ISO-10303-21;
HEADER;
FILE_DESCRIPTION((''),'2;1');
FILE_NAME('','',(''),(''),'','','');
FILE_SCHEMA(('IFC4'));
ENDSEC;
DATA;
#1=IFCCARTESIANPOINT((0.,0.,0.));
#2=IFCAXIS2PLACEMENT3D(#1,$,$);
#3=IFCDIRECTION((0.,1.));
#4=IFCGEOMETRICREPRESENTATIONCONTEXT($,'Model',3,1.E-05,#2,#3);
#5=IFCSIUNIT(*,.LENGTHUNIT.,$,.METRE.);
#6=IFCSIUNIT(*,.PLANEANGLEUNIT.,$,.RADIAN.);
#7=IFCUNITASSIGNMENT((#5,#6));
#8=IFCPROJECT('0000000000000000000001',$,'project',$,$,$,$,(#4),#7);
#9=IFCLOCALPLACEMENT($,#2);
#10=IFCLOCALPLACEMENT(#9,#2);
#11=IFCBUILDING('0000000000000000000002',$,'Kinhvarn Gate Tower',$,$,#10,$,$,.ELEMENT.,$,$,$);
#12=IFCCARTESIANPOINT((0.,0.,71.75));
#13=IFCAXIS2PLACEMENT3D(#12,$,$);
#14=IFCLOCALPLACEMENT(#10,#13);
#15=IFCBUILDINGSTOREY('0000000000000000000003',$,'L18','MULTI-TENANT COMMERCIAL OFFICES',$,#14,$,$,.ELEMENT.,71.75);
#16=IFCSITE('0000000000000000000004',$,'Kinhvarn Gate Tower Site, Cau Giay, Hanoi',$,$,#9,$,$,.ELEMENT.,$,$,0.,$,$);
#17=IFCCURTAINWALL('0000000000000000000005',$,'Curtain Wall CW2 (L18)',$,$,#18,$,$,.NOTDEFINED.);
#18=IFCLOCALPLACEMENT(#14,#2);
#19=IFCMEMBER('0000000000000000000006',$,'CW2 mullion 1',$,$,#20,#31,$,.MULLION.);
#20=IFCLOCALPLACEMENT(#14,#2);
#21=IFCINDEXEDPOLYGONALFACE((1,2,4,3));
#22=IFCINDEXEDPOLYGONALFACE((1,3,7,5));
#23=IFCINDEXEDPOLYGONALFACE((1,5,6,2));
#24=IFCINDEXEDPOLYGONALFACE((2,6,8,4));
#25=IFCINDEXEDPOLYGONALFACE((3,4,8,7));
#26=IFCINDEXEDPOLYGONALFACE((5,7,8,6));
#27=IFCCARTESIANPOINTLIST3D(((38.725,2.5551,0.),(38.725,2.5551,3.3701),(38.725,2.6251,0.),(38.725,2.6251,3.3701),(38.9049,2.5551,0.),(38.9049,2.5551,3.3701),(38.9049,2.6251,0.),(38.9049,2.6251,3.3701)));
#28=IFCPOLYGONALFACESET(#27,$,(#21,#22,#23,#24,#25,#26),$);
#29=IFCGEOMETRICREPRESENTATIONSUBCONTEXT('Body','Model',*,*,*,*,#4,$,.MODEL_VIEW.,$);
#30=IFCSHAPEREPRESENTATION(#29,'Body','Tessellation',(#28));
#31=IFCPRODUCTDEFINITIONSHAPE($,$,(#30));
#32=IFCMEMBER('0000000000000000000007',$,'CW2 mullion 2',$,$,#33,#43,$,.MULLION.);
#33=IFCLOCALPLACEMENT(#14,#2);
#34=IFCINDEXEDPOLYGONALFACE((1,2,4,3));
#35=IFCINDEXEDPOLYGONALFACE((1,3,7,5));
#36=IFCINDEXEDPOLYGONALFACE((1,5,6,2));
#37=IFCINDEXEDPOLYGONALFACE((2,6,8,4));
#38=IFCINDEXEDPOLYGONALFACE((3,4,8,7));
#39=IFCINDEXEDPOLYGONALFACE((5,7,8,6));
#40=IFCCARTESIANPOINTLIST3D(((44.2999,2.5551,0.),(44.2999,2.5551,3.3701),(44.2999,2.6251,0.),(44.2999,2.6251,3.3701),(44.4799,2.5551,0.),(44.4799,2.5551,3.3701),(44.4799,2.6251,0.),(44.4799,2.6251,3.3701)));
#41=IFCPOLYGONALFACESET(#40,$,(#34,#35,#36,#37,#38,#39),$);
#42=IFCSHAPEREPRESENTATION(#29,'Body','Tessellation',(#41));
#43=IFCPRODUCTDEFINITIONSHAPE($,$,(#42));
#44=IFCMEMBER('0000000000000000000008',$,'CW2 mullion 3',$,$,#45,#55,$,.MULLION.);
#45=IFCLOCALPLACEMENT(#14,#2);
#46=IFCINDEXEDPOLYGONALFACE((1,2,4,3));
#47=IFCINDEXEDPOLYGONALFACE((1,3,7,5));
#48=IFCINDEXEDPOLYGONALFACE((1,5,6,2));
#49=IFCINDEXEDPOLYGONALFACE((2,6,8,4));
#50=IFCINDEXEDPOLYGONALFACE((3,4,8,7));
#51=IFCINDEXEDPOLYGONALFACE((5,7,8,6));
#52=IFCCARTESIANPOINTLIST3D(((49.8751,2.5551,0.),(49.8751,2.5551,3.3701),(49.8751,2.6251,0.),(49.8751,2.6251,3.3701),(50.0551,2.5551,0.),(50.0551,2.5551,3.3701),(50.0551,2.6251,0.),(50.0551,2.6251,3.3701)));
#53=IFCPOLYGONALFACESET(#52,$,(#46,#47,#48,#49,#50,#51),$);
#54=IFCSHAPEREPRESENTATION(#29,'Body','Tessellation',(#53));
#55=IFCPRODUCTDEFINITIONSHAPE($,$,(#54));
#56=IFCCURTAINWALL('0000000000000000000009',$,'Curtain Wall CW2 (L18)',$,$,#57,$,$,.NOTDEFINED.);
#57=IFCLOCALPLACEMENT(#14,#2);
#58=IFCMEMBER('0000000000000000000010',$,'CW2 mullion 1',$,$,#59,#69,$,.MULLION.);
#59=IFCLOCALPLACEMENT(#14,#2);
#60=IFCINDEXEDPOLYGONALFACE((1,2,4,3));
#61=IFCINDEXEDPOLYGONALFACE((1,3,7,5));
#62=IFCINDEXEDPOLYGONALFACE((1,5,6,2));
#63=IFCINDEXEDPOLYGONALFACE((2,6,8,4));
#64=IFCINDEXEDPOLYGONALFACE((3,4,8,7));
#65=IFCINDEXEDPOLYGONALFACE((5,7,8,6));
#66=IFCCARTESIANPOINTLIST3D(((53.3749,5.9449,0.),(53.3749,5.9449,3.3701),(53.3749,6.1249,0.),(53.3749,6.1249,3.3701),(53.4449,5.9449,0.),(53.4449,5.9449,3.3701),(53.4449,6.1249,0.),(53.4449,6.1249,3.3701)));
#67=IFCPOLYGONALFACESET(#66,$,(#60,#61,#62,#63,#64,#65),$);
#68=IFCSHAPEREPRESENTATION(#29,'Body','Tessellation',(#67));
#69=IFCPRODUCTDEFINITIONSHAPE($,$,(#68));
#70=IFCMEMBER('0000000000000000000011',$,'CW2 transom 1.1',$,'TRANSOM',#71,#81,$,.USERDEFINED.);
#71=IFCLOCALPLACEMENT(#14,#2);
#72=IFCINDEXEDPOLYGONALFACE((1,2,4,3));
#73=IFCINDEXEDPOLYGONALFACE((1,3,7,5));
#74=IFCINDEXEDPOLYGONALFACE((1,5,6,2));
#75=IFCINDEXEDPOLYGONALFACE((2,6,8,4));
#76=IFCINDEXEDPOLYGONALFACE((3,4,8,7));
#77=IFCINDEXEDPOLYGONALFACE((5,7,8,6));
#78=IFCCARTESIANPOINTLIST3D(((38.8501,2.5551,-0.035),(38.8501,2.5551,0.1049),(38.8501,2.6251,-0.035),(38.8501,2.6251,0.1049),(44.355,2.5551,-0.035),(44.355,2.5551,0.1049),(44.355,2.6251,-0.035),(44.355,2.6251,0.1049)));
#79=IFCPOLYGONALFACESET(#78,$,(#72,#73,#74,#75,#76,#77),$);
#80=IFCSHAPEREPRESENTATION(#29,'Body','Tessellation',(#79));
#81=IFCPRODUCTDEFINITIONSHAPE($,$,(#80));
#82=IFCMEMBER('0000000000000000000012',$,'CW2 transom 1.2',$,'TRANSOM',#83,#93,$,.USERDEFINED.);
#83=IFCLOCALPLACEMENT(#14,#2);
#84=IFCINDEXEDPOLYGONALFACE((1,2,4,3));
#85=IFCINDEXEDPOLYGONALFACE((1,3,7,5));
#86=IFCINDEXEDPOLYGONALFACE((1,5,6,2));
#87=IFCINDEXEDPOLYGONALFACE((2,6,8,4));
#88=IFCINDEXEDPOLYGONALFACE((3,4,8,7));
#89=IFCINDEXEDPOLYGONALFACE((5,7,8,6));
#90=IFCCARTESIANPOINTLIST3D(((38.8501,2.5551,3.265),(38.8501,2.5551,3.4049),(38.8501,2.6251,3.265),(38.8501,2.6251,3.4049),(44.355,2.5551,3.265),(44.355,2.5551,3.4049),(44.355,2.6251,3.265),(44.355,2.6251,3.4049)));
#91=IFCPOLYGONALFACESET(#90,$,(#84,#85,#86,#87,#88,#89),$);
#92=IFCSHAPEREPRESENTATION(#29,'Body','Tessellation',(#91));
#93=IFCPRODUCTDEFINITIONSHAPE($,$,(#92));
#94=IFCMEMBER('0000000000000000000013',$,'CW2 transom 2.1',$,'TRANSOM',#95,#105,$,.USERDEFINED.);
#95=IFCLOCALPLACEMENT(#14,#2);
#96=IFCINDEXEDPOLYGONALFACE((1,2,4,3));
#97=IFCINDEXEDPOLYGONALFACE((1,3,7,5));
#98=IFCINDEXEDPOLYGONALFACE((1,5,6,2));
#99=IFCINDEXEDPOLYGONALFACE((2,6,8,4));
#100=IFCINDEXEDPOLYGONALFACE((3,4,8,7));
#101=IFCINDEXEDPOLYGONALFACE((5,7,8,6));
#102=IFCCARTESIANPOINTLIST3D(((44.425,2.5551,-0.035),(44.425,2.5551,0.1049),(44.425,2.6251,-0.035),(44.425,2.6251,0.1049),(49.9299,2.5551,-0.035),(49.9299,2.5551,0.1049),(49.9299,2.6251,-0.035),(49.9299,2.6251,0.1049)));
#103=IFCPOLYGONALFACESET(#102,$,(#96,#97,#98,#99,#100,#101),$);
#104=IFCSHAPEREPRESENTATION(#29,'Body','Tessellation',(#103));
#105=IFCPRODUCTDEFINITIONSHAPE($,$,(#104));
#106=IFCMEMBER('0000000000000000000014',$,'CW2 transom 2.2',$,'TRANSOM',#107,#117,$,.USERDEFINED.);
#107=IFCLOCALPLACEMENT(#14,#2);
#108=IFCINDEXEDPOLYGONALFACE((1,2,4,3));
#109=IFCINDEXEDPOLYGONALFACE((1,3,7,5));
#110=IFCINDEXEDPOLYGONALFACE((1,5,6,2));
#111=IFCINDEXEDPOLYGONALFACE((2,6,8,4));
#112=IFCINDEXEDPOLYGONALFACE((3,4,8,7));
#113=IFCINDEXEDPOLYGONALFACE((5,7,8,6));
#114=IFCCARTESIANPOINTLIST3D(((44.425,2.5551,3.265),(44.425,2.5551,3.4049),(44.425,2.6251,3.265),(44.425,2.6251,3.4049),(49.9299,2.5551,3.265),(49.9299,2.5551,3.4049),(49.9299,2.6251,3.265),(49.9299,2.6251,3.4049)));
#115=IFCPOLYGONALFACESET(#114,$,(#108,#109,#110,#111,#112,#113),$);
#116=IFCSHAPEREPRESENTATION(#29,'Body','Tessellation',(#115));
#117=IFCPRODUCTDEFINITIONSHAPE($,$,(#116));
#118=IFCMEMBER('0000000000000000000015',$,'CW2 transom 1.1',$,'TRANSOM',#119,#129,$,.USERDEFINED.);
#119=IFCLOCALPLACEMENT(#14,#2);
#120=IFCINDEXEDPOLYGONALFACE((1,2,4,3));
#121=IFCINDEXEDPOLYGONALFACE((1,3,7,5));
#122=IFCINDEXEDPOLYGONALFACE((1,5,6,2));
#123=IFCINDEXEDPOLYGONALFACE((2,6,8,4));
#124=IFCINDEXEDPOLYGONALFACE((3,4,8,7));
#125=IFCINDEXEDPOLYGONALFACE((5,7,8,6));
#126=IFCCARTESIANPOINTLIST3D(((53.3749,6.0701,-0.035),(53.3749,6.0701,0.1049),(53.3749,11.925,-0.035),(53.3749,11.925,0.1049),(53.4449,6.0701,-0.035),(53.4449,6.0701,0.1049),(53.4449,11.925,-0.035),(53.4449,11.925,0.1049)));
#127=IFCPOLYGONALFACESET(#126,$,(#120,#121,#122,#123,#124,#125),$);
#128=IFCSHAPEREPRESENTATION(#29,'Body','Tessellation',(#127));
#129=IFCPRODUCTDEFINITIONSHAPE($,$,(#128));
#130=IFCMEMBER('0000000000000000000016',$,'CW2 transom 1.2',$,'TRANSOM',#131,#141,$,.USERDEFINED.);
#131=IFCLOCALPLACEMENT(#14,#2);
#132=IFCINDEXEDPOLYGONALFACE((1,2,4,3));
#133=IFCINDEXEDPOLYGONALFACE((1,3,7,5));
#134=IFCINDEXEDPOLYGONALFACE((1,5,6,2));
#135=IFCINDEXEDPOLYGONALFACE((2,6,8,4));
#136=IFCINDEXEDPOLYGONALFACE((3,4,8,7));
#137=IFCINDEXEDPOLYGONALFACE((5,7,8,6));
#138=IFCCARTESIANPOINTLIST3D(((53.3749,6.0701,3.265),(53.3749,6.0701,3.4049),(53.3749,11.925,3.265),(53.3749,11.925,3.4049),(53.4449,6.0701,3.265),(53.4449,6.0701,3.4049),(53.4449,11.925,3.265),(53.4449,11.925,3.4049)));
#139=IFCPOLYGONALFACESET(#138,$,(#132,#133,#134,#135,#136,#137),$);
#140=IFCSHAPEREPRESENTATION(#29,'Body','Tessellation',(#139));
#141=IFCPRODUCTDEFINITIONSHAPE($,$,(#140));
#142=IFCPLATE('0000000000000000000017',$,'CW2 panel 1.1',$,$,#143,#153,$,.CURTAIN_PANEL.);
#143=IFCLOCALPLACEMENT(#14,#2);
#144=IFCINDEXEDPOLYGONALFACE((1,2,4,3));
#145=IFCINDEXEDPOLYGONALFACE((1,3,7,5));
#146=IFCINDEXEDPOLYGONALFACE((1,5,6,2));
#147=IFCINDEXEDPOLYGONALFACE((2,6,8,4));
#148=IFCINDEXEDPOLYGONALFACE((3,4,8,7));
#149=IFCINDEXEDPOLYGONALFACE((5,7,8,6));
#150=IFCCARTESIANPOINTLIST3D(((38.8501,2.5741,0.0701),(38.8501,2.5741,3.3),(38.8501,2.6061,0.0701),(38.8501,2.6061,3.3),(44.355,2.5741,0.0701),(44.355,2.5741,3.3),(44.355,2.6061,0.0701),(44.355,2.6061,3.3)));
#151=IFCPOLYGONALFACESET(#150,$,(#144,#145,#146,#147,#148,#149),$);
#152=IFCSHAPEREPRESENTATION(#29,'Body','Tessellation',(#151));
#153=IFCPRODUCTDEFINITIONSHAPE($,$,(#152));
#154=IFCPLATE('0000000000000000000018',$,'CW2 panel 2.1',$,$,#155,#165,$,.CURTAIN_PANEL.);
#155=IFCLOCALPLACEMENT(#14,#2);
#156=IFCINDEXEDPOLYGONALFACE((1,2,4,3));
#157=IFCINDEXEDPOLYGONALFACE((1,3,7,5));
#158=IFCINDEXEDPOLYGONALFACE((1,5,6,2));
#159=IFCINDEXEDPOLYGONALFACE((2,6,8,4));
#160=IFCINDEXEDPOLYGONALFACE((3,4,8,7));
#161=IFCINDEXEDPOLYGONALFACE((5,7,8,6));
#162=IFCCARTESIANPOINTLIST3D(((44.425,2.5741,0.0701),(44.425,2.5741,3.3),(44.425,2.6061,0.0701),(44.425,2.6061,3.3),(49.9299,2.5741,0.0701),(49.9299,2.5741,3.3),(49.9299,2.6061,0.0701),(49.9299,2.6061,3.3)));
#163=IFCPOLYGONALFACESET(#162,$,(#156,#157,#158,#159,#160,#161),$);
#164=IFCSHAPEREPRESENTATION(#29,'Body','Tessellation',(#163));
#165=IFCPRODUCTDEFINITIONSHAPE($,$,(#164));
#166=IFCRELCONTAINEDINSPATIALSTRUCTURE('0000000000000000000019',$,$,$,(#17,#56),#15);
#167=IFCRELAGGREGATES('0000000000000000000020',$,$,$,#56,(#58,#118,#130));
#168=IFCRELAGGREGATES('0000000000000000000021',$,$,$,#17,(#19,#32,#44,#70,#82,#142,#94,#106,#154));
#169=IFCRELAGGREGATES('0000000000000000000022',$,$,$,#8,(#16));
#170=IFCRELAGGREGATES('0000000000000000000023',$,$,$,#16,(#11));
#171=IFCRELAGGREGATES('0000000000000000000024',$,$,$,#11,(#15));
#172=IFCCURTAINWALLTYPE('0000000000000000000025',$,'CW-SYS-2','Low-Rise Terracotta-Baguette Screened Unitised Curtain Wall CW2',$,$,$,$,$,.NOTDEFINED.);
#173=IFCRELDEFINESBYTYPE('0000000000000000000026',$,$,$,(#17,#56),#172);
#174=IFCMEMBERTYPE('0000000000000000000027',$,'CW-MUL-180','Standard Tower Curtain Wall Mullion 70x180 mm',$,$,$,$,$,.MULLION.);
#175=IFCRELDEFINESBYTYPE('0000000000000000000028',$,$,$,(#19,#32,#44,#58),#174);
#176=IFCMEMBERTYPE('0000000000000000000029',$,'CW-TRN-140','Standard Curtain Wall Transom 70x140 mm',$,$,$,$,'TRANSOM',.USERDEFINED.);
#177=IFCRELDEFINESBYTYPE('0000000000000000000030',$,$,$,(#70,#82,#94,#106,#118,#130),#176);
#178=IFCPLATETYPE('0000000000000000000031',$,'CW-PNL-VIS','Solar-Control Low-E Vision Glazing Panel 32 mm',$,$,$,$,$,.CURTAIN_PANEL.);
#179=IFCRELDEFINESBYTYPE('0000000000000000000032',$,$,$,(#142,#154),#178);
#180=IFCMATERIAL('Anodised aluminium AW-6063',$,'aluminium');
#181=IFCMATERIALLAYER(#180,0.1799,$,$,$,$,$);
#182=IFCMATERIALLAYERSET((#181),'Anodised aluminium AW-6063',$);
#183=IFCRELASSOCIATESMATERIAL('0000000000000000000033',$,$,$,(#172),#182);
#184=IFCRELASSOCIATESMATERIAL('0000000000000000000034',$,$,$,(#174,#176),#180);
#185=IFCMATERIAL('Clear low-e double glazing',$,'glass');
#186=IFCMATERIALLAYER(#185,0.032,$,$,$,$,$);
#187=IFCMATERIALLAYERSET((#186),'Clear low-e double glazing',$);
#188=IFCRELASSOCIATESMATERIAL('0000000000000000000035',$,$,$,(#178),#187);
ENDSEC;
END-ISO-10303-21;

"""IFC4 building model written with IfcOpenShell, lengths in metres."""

from ifc_helpers import new_model, si_unit, direction, frame, origin, origin_2d, place, context, subcontext, project, spatial, rectangle, extrude, material, layer, layer_set, material_profile, profile_set, type_object, element, aggregate, save


model = new_model("IFC4")

# Units and contexts
model_context = context("Model", 3, precision=1e-05, world=origin(), true_north=direction((0.0, 1.0)))
body_context = subcontext(model_context, "Body", "Model", "MODEL_VIEW")
ifc_project = project(units=[si_unit("LENGTHUNIT", "METRE"), si_unit("PLANEANGLEUNIT", "RADIAN")], contexts=[model_context])

# Site, building, storey
site_placement = place(None, origin())
site = spatial("IfcSite", under=ifc_project, at=site_placement, Name="Kinhvarn Gate Tower Site, Cau Giay, Hanoi", CompositionType="ELEMENT", RefElevation=0.0)
building_placement = place(site_placement, origin())
building = spatial("IfcBuilding", under=site, at=building_placement, Name="Kinhvarn Gate Tower", CompositionType="ELEMENT")
storey_placement = place(building_placement, frame((0.0, 0.0, 71.75)))
storey = spatial("IfcBuildingStorey", under=building, at=storey_placement, Name="L18", Description="MULTI-TENANT COMMERCIAL OFFICES", CompositionType="ELEMENT", Elevation=71.75)

# Curtain wall, members
ifc_material_1 = material(Name="Anodised aluminium AW-6063", Category="aluminium")
ifc_layer_1 = layer(ifc_material_1, 0.1799)
ifc_layer_set_1 = layer_set([ifc_layer_1], Name="Anodised aluminium AW-6063")
curtain_wall_type = type_object("IfcCurtainWallType", Name="CW-SYS-2", Description="Low-Rise Terracotta-Baguette Screened Unitised Curtain Wall CW2", PredefinedType="NOTDEFINED", material=ifc_layer_set_1)
curtain_wall_1_placement = place(storey_placement, origin())
curtain_wall_1 = element("IfcCurtainWall", 1, at=curtain_wall_1_placement, inside=storey, type_object=curtain_wall_type, Name="Curtain Wall CW2 (L18)", PredefinedType="NOTDEFINED")
ifc_material_profile_1 = material_profile(ifc_material_1, rectangle(XDim=0.0701, YDim=0.1799, at=origin_2d()), Name="ALU 70x180")
ifc_profile_set_1 = profile_set([ifc_material_profile_1], Name="Anodised aluminium AW-6063")
member_type_1 = type_object("IfcMemberType", Name="CW-MUL-180", Description="Standard Tower Curtain Wall Mullion 70x180 mm", PredefinedType="MULLION", material=ifc_profile_set_1)
member_1_placement = place(storey_placement, frame((38.8149, 2.5901, 0.0), z_axis=(0.0, 0.0, 1.0), x_axis=(0.0, 1.0, 0.0)))
member_1 = element("IfcMember", 2, at=member_1_placement, type_object=member_type_1, Name="CW2 mullion 1", PredefinedType="MULLION", context=body_context, shape_type="SweptSolid", body=[
    extrude(rectangle(XDim=0.0701, YDim=0.1799, at=origin_2d()), origin(), (0.0, 0.0, 1.0), 3.3701),
])
member_2_placement = place(storey_placement, frame((44.3899, 2.5901, 0.0), z_axis=(0.0, 0.0, 1.0), x_axis=(0.0, 1.0, 0.0)))
member_2 = element("IfcMember", 3, at=member_2_placement, type_object=member_type_1, Name="CW2 mullion 2", PredefinedType="MULLION", context=body_context, shape_type="SweptSolid", body=[
    extrude(rectangle(XDim=0.0701, YDim=0.1799, at=origin_2d()), origin(), (0.0, 0.0, 1.0), 3.3701),
])
member_3_placement = place(storey_placement, frame((49.9651, 2.5901, 0.0), z_axis=(0.0, 0.0, 1.0), x_axis=(0.0, 1.0, 0.0)))
member_3 = element("IfcMember", 4, at=member_3_placement, type_object=member_type_1, Name="CW2 mullion 3", PredefinedType="MULLION", context=body_context, shape_type="SweptSolid", body=[
    extrude(rectangle(XDim=0.0701, YDim=0.1799, at=origin_2d()), origin(), (0.0, 0.0, 1.0), 3.3701),
])

# Curtain wall, member
curtain_wall_2_placement = place(storey_placement, origin())
curtain_wall_2 = element("IfcCurtainWall", 5, at=curtain_wall_2_placement, inside=storey, type_object=curtain_wall_type, Name="Curtain Wall CW2 (L18)", PredefinedType="NOTDEFINED")
member_4_placement = place(storey_placement, frame((53.4099, 6.0349, 0.0), z_axis=(0.0, 0.0, 1.0), x_axis=(-1.0, 0.0, 0.0)))
member_4 = element("IfcMember", 6, at=member_4_placement, type_object=member_type_1, Name="CW2 mullion 1", PredefinedType="MULLION", context=body_context, shape_type="SweptSolid", body=[
    extrude(rectangle(XDim=0.0701, YDim=0.1799, at=origin_2d()), origin(), (0.0, 0.0, 1.0), 3.3701),
])

# Members
ifc_material_profile_2 = material_profile(ifc_material_1, rectangle(XDim=0.0701, YDim=0.1399, at=origin_2d()), Name="ALU 70x140")
ifc_profile_set_2 = profile_set([ifc_material_profile_2], Name="Anodised aluminium AW-6063")
member_type_2 = type_object("IfcMemberType", Name="CW-TRN-140", Description="Standard Curtain Wall Transom 70x140 mm", ElementType="TRANSOM", PredefinedType="USERDEFINED", material=ifc_profile_set_2)
member_5_placement = place(storey_placement, frame((38.8501, 2.5901, 0.0349), z_axis=(1.0, 0.0, 0.0), x_axis=(0.0, 1.0, 0.0)))
member_5 = element("IfcMember", 7, at=member_5_placement, type_object=member_type_2, Name="CW2 transom 1.1", ObjectType="TRANSOM", PredefinedType="USERDEFINED", context=body_context, shape_type="SweptSolid", body=[
    extrude(rectangle(XDim=0.0701, YDim=0.1399, at=origin_2d()), origin(), (0.0, 0.0, 1.0), 5.5049),
])
member_6_placement = place(storey_placement, frame((38.8501, 2.5901, 3.335), z_axis=(1.0, 0.0, 0.0), x_axis=(0.0, 1.0, 0.0)))
member_6 = element("IfcMember", 8, at=member_6_placement, type_object=member_type_2, Name="CW2 transom 1.2", ObjectType="TRANSOM", PredefinedType="USERDEFINED", context=body_context, shape_type="SweptSolid", body=[
    extrude(rectangle(XDim=0.0701, YDim=0.1399, at=origin_2d()), origin(), (0.0, 0.0, 1.0), 5.5049),
])
member_7_placement = place(storey_placement, frame((44.425, 2.5901, 0.0349), z_axis=(1.0, 0.0, 0.0), x_axis=(0.0, 1.0, 0.0)))
member_7 = element("IfcMember", 9, at=member_7_placement, type_object=member_type_2, Name="CW2 transom 2.1", ObjectType="TRANSOM", PredefinedType="USERDEFINED", context=body_context, shape_type="SweptSolid", body=[
    extrude(rectangle(XDim=0.0701, YDim=0.1399, at=origin_2d()), origin(), (0.0, 0.0, 1.0), 5.5049),
])
member_8_placement = place(storey_placement, frame((44.425, 2.5901, 3.335), z_axis=(1.0, 0.0, 0.0), x_axis=(0.0, 1.0, 0.0)))
member_8 = element("IfcMember", 10, at=member_8_placement, type_object=member_type_2, Name="CW2 transom 2.2", ObjectType="TRANSOM", PredefinedType="USERDEFINED", context=body_context, shape_type="SweptSolid", body=[
    extrude(rectangle(XDim=0.0701, YDim=0.1399, at=origin_2d()), origin(), (0.0, 0.0, 1.0), 5.5049),
])
member_9_placement = place(storey_placement, frame((53.4099, 6.0701, 0.0349), z_axis=(0.0, 1.0, 0.0), x_axis=(-1.0, 0.0, 0.0)))
member_9 = element("IfcMember", 11, at=member_9_placement, type_object=member_type_2, Name="CW2 transom 1.1", ObjectType="TRANSOM", PredefinedType="USERDEFINED", context=body_context, shape_type="SweptSolid", body=[
    extrude(rectangle(XDim=0.0701, YDim=0.1399, at=origin_2d()), origin(), (0.0, 0.0, 1.0), 5.855),
])
member_10_placement = place(storey_placement, frame((53.4099, 6.0701, 3.335), z_axis=(0.0, 1.0, 0.0), x_axis=(-1.0, 0.0, 0.0)))
member_10 = element("IfcMember", 12, at=member_10_placement, type_object=member_type_2, Name="CW2 transom 1.2", ObjectType="TRANSOM", PredefinedType="USERDEFINED", context=body_context, shape_type="SweptSolid", body=[
    extrude(rectangle(XDim=0.0701, YDim=0.1399, at=origin_2d()), origin(), (0.0, 0.0, 1.0), 5.855),
])
aggregate(curtain_wall_2, [member_4, member_9, member_10])

# Plates
ifc_material_2 = material(Name="Clear low-e double glazing", Category="glass")
ifc_layer_2 = layer(ifc_material_2, 0.032)
ifc_layer_set_2 = layer_set([ifc_layer_2], Name="Clear low-e double glazing")
plate_type = type_object("IfcPlateType", Name="CW-PNL-VIS", Description="Solar-Control Low-E Vision Glazing Panel 32 mm", PredefinedType="CURTAIN_PANEL", material=ifc_layer_set_2)
plate_1_placement = place(storey_placement, frame((41.6025, 2.5901, 0.0701), z_axis=(0.0, 0.0, 1.0), x_axis=(1.0, 0.0, 0.0)))
plate_1 = element("IfcPlate", 13, at=plate_1_placement, type_object=plate_type, Name="CW2 panel 1.1", PredefinedType="CURTAIN_PANEL", context=body_context, shape_type="SweptSolid", body=[
    extrude(rectangle(XDim=5.5049, YDim=0.032, at=origin_2d()), origin(), (0.0, 0.0, 1.0), 3.23),
])
plate_2_placement = place(storey_placement, frame((47.1775, 2.5901, 0.0701), z_axis=(0.0, 0.0, 1.0), x_axis=(1.0, 0.0, 0.0)))
plate_2 = element("IfcPlate", 14, at=plate_2_placement, type_object=plate_type, Name="CW2 panel 2.1", PredefinedType="CURTAIN_PANEL", context=body_context, shape_type="SweptSolid", body=[
    extrude(rectangle(XDim=5.5049, YDim=0.032, at=origin_2d()), origin(), (0.0, 0.0, 1.0), 3.23),
])
aggregate(curtain_wall_1, [member_1, member_2, member_3, member_5, member_6, plate_1, member_7, member_8, plate_2])

save(model, "model.ifc")
